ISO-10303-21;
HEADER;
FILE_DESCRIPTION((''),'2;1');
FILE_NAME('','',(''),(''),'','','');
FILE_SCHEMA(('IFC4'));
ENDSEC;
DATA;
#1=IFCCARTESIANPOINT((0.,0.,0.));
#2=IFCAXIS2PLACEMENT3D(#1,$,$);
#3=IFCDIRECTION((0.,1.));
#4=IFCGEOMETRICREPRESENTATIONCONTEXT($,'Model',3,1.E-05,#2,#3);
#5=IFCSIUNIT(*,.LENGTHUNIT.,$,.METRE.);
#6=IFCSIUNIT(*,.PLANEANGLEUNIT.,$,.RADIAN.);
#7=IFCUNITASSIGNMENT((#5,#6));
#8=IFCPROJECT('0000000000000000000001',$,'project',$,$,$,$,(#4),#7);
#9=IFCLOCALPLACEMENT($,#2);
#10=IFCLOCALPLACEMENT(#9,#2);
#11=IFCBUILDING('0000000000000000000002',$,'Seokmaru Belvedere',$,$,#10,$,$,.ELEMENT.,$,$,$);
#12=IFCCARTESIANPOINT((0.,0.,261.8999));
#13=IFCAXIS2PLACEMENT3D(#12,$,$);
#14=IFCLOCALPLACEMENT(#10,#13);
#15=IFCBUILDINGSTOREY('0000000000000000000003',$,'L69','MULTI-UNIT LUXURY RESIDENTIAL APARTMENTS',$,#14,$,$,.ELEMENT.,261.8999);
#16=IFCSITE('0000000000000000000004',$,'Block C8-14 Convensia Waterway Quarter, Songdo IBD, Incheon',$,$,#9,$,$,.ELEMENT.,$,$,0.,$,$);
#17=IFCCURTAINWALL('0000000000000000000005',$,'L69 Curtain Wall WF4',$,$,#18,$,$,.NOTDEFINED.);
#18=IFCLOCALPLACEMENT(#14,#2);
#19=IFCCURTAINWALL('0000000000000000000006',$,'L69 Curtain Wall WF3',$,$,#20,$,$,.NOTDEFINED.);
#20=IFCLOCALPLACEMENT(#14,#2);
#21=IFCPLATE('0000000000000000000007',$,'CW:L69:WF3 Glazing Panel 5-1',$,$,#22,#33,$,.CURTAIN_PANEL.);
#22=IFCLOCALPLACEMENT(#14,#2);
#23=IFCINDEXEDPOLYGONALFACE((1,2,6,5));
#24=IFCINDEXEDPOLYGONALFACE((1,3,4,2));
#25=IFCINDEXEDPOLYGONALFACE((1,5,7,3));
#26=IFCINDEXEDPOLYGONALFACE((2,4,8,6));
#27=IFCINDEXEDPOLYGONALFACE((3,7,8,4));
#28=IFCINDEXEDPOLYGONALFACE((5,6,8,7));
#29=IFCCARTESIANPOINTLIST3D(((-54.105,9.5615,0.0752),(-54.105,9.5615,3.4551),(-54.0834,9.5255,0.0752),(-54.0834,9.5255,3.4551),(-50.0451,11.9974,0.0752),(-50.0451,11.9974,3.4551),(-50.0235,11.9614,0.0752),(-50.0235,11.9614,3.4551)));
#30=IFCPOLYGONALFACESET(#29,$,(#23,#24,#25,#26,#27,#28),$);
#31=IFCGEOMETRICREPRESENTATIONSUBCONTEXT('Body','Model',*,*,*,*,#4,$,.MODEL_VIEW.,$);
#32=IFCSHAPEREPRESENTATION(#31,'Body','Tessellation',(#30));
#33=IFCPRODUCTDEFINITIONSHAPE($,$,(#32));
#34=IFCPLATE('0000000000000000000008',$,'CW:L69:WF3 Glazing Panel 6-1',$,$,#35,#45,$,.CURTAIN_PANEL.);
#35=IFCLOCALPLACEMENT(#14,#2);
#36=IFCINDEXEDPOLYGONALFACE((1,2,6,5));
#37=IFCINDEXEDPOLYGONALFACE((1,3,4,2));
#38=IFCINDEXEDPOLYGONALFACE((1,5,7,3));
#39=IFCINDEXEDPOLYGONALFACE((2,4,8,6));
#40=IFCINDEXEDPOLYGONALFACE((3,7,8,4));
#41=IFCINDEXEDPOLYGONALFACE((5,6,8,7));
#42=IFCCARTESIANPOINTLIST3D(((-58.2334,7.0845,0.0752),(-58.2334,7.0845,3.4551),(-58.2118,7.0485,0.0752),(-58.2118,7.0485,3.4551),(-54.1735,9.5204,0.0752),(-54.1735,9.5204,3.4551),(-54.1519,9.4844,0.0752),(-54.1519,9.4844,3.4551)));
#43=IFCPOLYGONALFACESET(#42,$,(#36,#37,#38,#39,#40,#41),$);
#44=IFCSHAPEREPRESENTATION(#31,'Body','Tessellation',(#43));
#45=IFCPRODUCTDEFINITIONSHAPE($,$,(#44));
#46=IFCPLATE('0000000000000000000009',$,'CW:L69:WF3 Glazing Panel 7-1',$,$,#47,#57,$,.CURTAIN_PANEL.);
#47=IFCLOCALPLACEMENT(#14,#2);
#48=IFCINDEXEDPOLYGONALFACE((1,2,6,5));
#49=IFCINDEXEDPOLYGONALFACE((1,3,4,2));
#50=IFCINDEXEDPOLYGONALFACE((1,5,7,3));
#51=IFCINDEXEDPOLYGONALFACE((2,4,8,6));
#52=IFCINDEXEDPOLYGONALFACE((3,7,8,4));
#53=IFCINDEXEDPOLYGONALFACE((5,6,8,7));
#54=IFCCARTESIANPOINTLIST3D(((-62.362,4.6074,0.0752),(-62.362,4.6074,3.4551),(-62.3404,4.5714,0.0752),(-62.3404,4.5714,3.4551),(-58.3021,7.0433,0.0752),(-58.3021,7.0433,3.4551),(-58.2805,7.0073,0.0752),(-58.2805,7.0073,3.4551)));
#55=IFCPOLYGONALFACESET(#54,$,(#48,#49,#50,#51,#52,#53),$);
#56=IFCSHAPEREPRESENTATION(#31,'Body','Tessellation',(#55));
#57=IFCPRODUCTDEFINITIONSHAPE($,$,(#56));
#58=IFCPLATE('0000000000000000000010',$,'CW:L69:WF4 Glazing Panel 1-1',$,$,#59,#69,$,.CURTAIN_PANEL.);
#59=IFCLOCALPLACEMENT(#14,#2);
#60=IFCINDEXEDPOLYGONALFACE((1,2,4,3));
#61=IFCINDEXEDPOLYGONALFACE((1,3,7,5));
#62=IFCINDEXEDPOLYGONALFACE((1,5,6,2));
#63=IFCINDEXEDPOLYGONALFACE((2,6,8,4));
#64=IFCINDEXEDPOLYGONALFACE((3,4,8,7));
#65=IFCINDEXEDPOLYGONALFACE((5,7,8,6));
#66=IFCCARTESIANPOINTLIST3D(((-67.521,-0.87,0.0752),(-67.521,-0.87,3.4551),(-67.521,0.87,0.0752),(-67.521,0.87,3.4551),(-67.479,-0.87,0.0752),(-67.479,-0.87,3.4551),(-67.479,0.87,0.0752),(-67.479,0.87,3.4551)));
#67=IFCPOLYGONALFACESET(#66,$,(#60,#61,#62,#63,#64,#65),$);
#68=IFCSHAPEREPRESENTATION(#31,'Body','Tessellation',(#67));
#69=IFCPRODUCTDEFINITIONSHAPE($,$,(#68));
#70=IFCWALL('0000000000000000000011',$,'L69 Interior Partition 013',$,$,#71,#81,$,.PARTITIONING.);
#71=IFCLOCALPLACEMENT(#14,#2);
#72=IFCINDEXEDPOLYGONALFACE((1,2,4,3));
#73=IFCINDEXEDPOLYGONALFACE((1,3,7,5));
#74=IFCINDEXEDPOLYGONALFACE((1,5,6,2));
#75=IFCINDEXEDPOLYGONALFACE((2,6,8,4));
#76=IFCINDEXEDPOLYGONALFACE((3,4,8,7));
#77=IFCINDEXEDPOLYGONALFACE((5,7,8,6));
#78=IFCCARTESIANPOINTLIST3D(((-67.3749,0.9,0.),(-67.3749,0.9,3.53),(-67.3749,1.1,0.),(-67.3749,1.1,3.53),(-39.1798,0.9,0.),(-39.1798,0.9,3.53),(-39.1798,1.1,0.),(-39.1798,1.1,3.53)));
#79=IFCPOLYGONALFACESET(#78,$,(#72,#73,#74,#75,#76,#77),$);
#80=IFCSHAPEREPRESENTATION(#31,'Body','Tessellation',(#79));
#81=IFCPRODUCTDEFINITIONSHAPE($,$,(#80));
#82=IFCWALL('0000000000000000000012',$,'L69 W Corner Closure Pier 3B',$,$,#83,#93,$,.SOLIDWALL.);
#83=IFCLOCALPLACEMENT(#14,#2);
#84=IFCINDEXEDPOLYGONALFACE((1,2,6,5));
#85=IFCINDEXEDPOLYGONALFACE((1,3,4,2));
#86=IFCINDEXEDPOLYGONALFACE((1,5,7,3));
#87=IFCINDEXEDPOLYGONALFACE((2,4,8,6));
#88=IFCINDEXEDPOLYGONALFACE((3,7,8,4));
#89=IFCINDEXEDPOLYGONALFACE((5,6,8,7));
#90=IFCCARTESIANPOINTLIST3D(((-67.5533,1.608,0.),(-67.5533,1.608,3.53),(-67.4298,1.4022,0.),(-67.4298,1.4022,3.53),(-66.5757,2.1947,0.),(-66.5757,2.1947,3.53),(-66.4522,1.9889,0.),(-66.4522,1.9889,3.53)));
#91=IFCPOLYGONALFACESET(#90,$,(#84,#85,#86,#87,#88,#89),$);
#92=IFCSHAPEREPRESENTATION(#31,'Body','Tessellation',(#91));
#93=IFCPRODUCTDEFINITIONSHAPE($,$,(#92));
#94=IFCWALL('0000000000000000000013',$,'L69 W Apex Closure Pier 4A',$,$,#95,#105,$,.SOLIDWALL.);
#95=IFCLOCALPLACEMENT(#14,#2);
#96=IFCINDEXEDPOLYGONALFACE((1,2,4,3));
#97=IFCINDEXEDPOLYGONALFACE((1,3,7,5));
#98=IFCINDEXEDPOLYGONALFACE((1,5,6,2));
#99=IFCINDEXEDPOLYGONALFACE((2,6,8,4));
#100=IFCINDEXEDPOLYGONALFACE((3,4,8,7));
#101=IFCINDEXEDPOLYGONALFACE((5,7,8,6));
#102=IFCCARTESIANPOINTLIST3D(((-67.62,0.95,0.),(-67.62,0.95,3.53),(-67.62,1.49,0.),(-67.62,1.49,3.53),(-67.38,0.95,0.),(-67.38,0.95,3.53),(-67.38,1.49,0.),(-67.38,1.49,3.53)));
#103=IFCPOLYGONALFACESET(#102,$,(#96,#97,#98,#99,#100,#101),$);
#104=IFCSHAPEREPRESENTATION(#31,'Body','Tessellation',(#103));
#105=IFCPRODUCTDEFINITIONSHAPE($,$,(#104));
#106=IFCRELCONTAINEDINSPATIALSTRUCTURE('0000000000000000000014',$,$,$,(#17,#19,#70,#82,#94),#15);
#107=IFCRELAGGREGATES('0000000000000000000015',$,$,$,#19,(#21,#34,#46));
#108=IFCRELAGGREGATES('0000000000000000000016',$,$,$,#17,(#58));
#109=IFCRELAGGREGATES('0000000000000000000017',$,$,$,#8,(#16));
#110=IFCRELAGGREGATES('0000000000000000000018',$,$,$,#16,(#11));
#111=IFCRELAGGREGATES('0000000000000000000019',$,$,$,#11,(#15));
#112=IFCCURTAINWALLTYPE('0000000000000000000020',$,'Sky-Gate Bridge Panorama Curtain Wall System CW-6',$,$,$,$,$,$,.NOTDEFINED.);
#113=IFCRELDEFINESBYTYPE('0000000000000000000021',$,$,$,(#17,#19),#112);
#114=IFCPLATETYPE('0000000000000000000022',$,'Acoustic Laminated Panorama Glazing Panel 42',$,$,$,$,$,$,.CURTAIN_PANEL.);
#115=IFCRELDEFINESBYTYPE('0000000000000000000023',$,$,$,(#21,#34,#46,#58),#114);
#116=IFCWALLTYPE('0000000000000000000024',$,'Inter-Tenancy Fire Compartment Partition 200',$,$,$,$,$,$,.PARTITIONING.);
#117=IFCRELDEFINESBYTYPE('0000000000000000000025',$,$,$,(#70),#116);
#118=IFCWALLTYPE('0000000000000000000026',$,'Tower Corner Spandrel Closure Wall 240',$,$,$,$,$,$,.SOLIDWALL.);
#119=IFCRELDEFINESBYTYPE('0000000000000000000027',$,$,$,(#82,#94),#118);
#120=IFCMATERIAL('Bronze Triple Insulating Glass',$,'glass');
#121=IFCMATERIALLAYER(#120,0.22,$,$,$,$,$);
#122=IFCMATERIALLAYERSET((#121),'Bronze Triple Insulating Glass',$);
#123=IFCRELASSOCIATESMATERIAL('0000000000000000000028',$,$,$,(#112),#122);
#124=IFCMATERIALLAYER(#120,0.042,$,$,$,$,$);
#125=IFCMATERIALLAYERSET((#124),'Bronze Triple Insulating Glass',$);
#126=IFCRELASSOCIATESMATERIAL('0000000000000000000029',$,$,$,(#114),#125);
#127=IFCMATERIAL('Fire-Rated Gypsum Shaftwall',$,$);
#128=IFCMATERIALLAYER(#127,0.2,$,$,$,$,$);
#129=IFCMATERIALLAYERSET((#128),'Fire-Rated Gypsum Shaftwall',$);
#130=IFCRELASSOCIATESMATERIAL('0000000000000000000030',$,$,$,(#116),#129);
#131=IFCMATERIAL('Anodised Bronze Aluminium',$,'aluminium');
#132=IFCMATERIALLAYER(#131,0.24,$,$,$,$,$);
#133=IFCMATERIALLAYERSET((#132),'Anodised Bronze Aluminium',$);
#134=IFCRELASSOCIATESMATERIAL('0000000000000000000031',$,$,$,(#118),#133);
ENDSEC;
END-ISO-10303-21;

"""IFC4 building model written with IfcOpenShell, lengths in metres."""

from ifc_helpers import new_model, si_unit, direction, frame, frame_2d, origin, origin_2d, place, context, subcontext, project, spatial, rectangle, extrude, source, transform, mapped, material, layer, layer_set, type_object, element, aggregate, save


model = new_model("IFC4")

# Units and contexts
model_context = context("Model", 3, precision=1e-05, world=origin(), true_north=direction((0.0, 1.0)))
body_context = subcontext(model_context, "Body", "Model", "MODEL_VIEW")
ifc_project = project(units=[si_unit("LENGTHUNIT", "METRE"), si_unit("PLANEANGLEUNIT", "RADIAN")], contexts=[model_context])

# Site, building, storey
site_placement = place(None, origin())
site = spatial("IfcSite", under=ifc_project, at=site_placement, Name="Block C8-14 Convensia Waterway Quarter, Songdo IBD, Incheon", CompositionType="ELEMENT", RefElevation=0.0)
building_placement = place(site_placement, origin())
building = spatial("IfcBuilding", under=site, at=building_placement, Name="Seokmaru Belvedere", CompositionType="ELEMENT")
storey_placement = place(building_placement, frame((0.0, 0.0, 261.8999)))
storey = spatial("IfcBuildingStorey", under=building, at=storey_placement, Name="L69", Description="MULTI-UNIT LUXURY RESIDENTIAL APARTMENTS", CompositionType="ELEMENT", Elevation=261.8999)

# Curtain wall
ifc_material_1 = material(Name="Bronze Triple Insulating Glass", Category="glass")
ifc_layer_1 = layer(ifc_material_1, 0.22)
ifc_layer_set_1 = layer_set([ifc_layer_1], Name="Bronze Triple Insulating Glass")
curtain_wall_type = type_object("IfcCurtainWallType", Name="Sky-Gate Bridge Panorama Curtain Wall System CW-6", PredefinedType="NOTDEFINED", material=ifc_layer_set_1)
curtain_wall_1_placement = place(storey_placement, origin())
curtain_wall_1 = element("IfcCurtainWall", 1, at=curtain_wall_1_placement, inside=storey, type_object=curtain_wall_type, Name="L69 Curtain Wall WF4", PredefinedType="NOTDEFINED")
ifc_material_2 = material(Name="Anodised Bronze Aluminium", Category="aluminium")

# Curtain wall
curtain_wall_2_placement = place(storey_placement, origin())
curtain_wall_2 = element("IfcCurtainWall", 2, at=curtain_wall_2_placement, inside=storey, type_object=curtain_wall_type, Name="L69 Curtain Wall WF3", PredefinedType="NOTDEFINED")

# Plates
ifc_layer_2 = layer(ifc_material_1, 0.042)
ifc_layer_set_2 = layer_set([ifc_layer_2], Name="Bronze Triple Insulating Glass")
plate_type = type_object("IfcPlateType", Name="Acoustic Laminated Panorama Glazing Panel 42", PredefinedType="CURTAIN_PANEL", material=ifc_layer_set_2)
shared_shape_1 = source(origin(), body_context, "Body", "SweptSolid", [
    extrude(rectangle(XDim=4.7346, YDim=0.042, at=origin_2d()), origin(), (0.0, 0.0, 1.0), 3.3799),
])
plate_1_placement = place(storey_placement, frame((-52.0642, 10.7615, 0.0752), z_axis=(0.0, 0.0, 1.0), x_axis=(-0.857493, -0.514495, 0.0)))
plate_1 = element("IfcPlate", 3, at=plate_1_placement, type_object=plate_type, Name="CW:L69:WF3 Glazing Panel 5-1", PredefinedType="CURTAIN_PANEL", context=body_context, shape_type="MappedRepresentation", body=[
    mapped(shared_shape_1, transform((0.0, 0.0, 0.0), scale=1.0)),
])
plate_2_placement = place(storey_placement, frame((-56.1926, 8.2844, 0.0752), z_axis=(0.0, 0.0, 1.0), x_axis=(-0.857493, -0.514495, 0.0)))
plate_2 = element("IfcPlate", 4, at=plate_2_placement, type_object=plate_type, Name="CW:L69:WF3 Glazing Panel 6-1", PredefinedType="CURTAIN_PANEL", context=body_context, shape_type="MappedRepresentation", body=[
    mapped(shared_shape_1, transform((0.0, 0.0, 0.0), scale=1.0)),
])
plate_3_placement = place(storey_placement, frame((-60.3213, 5.8074, 0.0752), z_axis=(0.0, 0.0, 1.0), x_axis=(-0.857493, -0.514495, 0.0)))
plate_3 = element("IfcPlate", 5, at=plate_3_placement, type_object=plate_type, Name="CW:L69:WF3 Glazing Panel 7-1", PredefinedType="CURTAIN_PANEL", context=body_context, shape_type="MappedRepresentation", body=[
    mapped(shared_shape_1, transform((0.0, 0.0, 0.0), scale=1.0)),
])
aggregate(curtain_wall_2, [plate_1, plate_2, plate_3])
shared_shape_2 = source(origin(), body_context, "Body", "SweptSolid", [
    extrude(rectangle(XDim=1.74, YDim=0.042, at=origin_2d()), origin(), (0.0, 0.0, 1.0), 3.3799),
])
plate_4_placement = place(storey_placement, frame((-67.5, 0.0, 0.0752), z_axis=(0.0, 0.0, 1.0), x_axis=(0.0, -1.0, 0.0)))
plate_4 = element("IfcPlate", 6, at=plate_4_placement, type_object=plate_type, Name="CW:L69:WF4 Glazing Panel 1-1", PredefinedType="CURTAIN_PANEL", context=body_context, shape_type="MappedRepresentation", body=[
    mapped(shared_shape_2, transform((0.0, 0.0, 0.0), scale=1.0)),
])
aggregate(curtain_wall_1, [plate_4])

# Walls
ifc_material_3 = material(Name="Fire-Rated Gypsum Shaftwall")
ifc_layer_3 = layer(ifc_material_3, 0.2)
ifc_layer_set_3 = layer_set([ifc_layer_3], Name="Fire-Rated Gypsum Shaftwall")
wall_type_1 = type_object("IfcWallType", Name="Inter-Tenancy Fire Compartment Partition 200", PredefinedType="PARTITIONING", material=ifc_layer_set_3)
wall_1_placement = place(storey_placement, frame((-67.375, 1.0, 0.0), z_axis=(0.0, 0.0, 1.0), x_axis=(1.0, 0.0, 0.0)))
element("IfcWall", 7, at=wall_1_placement, inside=storey, type_object=wall_type_1, Name="L69 Interior Partition 013", PredefinedType="PARTITIONING", context=body_context, shape_type="SweptSolid", body=[
    extrude(rectangle(XDim=28.1951, YDim=0.2, at=frame_2d((14.0977, 0.0))), origin(), (0.0, 0.0, 1.0), 3.53),
])
ifc_layer_4 = layer(ifc_material_2, 0.24)
ifc_layer_set_4 = layer_set([ifc_layer_4], Name="Anodised Bronze Aluminium")
wall_type_2 = type_object("IfcWallType", Name="Tower Corner Spandrel Closure Wall 240", PredefinedType="SOLIDWALL", material=ifc_layer_set_4)
wall_2_placement = place(storey_placement, frame((-66.5139, 2.0918, 0.0), z_axis=(0.0, 0.0, 1.0), x_axis=(-0.857436, -0.51459, 0.0)))
element("IfcWall", 8, at=wall_2_placement, inside=storey, type_object=wall_type_2, Name="L69 W Corner Closure Pier 3B", PredefinedType="SOLIDWALL", context=body_context, shape_type="SweptSolid", body=[
    extrude(rectangle(XDim=1.1401, YDim=0.24, at=frame_2d((0.5701, 0.0))), origin(), (0.0, 0.0, 1.0), 3.53),
])
wall_3_placement = place(storey_placement, frame((-67.5, 1.49, 0.0), z_axis=(0.0, 0.0, 1.0), x_axis=(0.0, -1.0, 0.0)))
element("IfcWall", 9, at=wall_3_placement, inside=storey, type_object=wall_type_2, Name="L69 W Apex Closure Pier 4A", PredefinedType="SOLIDWALL", context=body_context, shape_type="SweptSolid", body=[
    extrude(rectangle(XDim=0.54, YDim=0.24, at=frame_2d((0.27, 0.0))), origin(), (0.0, 0.0, 1.0), 3.53),
])

save(model, "model.ifc")
